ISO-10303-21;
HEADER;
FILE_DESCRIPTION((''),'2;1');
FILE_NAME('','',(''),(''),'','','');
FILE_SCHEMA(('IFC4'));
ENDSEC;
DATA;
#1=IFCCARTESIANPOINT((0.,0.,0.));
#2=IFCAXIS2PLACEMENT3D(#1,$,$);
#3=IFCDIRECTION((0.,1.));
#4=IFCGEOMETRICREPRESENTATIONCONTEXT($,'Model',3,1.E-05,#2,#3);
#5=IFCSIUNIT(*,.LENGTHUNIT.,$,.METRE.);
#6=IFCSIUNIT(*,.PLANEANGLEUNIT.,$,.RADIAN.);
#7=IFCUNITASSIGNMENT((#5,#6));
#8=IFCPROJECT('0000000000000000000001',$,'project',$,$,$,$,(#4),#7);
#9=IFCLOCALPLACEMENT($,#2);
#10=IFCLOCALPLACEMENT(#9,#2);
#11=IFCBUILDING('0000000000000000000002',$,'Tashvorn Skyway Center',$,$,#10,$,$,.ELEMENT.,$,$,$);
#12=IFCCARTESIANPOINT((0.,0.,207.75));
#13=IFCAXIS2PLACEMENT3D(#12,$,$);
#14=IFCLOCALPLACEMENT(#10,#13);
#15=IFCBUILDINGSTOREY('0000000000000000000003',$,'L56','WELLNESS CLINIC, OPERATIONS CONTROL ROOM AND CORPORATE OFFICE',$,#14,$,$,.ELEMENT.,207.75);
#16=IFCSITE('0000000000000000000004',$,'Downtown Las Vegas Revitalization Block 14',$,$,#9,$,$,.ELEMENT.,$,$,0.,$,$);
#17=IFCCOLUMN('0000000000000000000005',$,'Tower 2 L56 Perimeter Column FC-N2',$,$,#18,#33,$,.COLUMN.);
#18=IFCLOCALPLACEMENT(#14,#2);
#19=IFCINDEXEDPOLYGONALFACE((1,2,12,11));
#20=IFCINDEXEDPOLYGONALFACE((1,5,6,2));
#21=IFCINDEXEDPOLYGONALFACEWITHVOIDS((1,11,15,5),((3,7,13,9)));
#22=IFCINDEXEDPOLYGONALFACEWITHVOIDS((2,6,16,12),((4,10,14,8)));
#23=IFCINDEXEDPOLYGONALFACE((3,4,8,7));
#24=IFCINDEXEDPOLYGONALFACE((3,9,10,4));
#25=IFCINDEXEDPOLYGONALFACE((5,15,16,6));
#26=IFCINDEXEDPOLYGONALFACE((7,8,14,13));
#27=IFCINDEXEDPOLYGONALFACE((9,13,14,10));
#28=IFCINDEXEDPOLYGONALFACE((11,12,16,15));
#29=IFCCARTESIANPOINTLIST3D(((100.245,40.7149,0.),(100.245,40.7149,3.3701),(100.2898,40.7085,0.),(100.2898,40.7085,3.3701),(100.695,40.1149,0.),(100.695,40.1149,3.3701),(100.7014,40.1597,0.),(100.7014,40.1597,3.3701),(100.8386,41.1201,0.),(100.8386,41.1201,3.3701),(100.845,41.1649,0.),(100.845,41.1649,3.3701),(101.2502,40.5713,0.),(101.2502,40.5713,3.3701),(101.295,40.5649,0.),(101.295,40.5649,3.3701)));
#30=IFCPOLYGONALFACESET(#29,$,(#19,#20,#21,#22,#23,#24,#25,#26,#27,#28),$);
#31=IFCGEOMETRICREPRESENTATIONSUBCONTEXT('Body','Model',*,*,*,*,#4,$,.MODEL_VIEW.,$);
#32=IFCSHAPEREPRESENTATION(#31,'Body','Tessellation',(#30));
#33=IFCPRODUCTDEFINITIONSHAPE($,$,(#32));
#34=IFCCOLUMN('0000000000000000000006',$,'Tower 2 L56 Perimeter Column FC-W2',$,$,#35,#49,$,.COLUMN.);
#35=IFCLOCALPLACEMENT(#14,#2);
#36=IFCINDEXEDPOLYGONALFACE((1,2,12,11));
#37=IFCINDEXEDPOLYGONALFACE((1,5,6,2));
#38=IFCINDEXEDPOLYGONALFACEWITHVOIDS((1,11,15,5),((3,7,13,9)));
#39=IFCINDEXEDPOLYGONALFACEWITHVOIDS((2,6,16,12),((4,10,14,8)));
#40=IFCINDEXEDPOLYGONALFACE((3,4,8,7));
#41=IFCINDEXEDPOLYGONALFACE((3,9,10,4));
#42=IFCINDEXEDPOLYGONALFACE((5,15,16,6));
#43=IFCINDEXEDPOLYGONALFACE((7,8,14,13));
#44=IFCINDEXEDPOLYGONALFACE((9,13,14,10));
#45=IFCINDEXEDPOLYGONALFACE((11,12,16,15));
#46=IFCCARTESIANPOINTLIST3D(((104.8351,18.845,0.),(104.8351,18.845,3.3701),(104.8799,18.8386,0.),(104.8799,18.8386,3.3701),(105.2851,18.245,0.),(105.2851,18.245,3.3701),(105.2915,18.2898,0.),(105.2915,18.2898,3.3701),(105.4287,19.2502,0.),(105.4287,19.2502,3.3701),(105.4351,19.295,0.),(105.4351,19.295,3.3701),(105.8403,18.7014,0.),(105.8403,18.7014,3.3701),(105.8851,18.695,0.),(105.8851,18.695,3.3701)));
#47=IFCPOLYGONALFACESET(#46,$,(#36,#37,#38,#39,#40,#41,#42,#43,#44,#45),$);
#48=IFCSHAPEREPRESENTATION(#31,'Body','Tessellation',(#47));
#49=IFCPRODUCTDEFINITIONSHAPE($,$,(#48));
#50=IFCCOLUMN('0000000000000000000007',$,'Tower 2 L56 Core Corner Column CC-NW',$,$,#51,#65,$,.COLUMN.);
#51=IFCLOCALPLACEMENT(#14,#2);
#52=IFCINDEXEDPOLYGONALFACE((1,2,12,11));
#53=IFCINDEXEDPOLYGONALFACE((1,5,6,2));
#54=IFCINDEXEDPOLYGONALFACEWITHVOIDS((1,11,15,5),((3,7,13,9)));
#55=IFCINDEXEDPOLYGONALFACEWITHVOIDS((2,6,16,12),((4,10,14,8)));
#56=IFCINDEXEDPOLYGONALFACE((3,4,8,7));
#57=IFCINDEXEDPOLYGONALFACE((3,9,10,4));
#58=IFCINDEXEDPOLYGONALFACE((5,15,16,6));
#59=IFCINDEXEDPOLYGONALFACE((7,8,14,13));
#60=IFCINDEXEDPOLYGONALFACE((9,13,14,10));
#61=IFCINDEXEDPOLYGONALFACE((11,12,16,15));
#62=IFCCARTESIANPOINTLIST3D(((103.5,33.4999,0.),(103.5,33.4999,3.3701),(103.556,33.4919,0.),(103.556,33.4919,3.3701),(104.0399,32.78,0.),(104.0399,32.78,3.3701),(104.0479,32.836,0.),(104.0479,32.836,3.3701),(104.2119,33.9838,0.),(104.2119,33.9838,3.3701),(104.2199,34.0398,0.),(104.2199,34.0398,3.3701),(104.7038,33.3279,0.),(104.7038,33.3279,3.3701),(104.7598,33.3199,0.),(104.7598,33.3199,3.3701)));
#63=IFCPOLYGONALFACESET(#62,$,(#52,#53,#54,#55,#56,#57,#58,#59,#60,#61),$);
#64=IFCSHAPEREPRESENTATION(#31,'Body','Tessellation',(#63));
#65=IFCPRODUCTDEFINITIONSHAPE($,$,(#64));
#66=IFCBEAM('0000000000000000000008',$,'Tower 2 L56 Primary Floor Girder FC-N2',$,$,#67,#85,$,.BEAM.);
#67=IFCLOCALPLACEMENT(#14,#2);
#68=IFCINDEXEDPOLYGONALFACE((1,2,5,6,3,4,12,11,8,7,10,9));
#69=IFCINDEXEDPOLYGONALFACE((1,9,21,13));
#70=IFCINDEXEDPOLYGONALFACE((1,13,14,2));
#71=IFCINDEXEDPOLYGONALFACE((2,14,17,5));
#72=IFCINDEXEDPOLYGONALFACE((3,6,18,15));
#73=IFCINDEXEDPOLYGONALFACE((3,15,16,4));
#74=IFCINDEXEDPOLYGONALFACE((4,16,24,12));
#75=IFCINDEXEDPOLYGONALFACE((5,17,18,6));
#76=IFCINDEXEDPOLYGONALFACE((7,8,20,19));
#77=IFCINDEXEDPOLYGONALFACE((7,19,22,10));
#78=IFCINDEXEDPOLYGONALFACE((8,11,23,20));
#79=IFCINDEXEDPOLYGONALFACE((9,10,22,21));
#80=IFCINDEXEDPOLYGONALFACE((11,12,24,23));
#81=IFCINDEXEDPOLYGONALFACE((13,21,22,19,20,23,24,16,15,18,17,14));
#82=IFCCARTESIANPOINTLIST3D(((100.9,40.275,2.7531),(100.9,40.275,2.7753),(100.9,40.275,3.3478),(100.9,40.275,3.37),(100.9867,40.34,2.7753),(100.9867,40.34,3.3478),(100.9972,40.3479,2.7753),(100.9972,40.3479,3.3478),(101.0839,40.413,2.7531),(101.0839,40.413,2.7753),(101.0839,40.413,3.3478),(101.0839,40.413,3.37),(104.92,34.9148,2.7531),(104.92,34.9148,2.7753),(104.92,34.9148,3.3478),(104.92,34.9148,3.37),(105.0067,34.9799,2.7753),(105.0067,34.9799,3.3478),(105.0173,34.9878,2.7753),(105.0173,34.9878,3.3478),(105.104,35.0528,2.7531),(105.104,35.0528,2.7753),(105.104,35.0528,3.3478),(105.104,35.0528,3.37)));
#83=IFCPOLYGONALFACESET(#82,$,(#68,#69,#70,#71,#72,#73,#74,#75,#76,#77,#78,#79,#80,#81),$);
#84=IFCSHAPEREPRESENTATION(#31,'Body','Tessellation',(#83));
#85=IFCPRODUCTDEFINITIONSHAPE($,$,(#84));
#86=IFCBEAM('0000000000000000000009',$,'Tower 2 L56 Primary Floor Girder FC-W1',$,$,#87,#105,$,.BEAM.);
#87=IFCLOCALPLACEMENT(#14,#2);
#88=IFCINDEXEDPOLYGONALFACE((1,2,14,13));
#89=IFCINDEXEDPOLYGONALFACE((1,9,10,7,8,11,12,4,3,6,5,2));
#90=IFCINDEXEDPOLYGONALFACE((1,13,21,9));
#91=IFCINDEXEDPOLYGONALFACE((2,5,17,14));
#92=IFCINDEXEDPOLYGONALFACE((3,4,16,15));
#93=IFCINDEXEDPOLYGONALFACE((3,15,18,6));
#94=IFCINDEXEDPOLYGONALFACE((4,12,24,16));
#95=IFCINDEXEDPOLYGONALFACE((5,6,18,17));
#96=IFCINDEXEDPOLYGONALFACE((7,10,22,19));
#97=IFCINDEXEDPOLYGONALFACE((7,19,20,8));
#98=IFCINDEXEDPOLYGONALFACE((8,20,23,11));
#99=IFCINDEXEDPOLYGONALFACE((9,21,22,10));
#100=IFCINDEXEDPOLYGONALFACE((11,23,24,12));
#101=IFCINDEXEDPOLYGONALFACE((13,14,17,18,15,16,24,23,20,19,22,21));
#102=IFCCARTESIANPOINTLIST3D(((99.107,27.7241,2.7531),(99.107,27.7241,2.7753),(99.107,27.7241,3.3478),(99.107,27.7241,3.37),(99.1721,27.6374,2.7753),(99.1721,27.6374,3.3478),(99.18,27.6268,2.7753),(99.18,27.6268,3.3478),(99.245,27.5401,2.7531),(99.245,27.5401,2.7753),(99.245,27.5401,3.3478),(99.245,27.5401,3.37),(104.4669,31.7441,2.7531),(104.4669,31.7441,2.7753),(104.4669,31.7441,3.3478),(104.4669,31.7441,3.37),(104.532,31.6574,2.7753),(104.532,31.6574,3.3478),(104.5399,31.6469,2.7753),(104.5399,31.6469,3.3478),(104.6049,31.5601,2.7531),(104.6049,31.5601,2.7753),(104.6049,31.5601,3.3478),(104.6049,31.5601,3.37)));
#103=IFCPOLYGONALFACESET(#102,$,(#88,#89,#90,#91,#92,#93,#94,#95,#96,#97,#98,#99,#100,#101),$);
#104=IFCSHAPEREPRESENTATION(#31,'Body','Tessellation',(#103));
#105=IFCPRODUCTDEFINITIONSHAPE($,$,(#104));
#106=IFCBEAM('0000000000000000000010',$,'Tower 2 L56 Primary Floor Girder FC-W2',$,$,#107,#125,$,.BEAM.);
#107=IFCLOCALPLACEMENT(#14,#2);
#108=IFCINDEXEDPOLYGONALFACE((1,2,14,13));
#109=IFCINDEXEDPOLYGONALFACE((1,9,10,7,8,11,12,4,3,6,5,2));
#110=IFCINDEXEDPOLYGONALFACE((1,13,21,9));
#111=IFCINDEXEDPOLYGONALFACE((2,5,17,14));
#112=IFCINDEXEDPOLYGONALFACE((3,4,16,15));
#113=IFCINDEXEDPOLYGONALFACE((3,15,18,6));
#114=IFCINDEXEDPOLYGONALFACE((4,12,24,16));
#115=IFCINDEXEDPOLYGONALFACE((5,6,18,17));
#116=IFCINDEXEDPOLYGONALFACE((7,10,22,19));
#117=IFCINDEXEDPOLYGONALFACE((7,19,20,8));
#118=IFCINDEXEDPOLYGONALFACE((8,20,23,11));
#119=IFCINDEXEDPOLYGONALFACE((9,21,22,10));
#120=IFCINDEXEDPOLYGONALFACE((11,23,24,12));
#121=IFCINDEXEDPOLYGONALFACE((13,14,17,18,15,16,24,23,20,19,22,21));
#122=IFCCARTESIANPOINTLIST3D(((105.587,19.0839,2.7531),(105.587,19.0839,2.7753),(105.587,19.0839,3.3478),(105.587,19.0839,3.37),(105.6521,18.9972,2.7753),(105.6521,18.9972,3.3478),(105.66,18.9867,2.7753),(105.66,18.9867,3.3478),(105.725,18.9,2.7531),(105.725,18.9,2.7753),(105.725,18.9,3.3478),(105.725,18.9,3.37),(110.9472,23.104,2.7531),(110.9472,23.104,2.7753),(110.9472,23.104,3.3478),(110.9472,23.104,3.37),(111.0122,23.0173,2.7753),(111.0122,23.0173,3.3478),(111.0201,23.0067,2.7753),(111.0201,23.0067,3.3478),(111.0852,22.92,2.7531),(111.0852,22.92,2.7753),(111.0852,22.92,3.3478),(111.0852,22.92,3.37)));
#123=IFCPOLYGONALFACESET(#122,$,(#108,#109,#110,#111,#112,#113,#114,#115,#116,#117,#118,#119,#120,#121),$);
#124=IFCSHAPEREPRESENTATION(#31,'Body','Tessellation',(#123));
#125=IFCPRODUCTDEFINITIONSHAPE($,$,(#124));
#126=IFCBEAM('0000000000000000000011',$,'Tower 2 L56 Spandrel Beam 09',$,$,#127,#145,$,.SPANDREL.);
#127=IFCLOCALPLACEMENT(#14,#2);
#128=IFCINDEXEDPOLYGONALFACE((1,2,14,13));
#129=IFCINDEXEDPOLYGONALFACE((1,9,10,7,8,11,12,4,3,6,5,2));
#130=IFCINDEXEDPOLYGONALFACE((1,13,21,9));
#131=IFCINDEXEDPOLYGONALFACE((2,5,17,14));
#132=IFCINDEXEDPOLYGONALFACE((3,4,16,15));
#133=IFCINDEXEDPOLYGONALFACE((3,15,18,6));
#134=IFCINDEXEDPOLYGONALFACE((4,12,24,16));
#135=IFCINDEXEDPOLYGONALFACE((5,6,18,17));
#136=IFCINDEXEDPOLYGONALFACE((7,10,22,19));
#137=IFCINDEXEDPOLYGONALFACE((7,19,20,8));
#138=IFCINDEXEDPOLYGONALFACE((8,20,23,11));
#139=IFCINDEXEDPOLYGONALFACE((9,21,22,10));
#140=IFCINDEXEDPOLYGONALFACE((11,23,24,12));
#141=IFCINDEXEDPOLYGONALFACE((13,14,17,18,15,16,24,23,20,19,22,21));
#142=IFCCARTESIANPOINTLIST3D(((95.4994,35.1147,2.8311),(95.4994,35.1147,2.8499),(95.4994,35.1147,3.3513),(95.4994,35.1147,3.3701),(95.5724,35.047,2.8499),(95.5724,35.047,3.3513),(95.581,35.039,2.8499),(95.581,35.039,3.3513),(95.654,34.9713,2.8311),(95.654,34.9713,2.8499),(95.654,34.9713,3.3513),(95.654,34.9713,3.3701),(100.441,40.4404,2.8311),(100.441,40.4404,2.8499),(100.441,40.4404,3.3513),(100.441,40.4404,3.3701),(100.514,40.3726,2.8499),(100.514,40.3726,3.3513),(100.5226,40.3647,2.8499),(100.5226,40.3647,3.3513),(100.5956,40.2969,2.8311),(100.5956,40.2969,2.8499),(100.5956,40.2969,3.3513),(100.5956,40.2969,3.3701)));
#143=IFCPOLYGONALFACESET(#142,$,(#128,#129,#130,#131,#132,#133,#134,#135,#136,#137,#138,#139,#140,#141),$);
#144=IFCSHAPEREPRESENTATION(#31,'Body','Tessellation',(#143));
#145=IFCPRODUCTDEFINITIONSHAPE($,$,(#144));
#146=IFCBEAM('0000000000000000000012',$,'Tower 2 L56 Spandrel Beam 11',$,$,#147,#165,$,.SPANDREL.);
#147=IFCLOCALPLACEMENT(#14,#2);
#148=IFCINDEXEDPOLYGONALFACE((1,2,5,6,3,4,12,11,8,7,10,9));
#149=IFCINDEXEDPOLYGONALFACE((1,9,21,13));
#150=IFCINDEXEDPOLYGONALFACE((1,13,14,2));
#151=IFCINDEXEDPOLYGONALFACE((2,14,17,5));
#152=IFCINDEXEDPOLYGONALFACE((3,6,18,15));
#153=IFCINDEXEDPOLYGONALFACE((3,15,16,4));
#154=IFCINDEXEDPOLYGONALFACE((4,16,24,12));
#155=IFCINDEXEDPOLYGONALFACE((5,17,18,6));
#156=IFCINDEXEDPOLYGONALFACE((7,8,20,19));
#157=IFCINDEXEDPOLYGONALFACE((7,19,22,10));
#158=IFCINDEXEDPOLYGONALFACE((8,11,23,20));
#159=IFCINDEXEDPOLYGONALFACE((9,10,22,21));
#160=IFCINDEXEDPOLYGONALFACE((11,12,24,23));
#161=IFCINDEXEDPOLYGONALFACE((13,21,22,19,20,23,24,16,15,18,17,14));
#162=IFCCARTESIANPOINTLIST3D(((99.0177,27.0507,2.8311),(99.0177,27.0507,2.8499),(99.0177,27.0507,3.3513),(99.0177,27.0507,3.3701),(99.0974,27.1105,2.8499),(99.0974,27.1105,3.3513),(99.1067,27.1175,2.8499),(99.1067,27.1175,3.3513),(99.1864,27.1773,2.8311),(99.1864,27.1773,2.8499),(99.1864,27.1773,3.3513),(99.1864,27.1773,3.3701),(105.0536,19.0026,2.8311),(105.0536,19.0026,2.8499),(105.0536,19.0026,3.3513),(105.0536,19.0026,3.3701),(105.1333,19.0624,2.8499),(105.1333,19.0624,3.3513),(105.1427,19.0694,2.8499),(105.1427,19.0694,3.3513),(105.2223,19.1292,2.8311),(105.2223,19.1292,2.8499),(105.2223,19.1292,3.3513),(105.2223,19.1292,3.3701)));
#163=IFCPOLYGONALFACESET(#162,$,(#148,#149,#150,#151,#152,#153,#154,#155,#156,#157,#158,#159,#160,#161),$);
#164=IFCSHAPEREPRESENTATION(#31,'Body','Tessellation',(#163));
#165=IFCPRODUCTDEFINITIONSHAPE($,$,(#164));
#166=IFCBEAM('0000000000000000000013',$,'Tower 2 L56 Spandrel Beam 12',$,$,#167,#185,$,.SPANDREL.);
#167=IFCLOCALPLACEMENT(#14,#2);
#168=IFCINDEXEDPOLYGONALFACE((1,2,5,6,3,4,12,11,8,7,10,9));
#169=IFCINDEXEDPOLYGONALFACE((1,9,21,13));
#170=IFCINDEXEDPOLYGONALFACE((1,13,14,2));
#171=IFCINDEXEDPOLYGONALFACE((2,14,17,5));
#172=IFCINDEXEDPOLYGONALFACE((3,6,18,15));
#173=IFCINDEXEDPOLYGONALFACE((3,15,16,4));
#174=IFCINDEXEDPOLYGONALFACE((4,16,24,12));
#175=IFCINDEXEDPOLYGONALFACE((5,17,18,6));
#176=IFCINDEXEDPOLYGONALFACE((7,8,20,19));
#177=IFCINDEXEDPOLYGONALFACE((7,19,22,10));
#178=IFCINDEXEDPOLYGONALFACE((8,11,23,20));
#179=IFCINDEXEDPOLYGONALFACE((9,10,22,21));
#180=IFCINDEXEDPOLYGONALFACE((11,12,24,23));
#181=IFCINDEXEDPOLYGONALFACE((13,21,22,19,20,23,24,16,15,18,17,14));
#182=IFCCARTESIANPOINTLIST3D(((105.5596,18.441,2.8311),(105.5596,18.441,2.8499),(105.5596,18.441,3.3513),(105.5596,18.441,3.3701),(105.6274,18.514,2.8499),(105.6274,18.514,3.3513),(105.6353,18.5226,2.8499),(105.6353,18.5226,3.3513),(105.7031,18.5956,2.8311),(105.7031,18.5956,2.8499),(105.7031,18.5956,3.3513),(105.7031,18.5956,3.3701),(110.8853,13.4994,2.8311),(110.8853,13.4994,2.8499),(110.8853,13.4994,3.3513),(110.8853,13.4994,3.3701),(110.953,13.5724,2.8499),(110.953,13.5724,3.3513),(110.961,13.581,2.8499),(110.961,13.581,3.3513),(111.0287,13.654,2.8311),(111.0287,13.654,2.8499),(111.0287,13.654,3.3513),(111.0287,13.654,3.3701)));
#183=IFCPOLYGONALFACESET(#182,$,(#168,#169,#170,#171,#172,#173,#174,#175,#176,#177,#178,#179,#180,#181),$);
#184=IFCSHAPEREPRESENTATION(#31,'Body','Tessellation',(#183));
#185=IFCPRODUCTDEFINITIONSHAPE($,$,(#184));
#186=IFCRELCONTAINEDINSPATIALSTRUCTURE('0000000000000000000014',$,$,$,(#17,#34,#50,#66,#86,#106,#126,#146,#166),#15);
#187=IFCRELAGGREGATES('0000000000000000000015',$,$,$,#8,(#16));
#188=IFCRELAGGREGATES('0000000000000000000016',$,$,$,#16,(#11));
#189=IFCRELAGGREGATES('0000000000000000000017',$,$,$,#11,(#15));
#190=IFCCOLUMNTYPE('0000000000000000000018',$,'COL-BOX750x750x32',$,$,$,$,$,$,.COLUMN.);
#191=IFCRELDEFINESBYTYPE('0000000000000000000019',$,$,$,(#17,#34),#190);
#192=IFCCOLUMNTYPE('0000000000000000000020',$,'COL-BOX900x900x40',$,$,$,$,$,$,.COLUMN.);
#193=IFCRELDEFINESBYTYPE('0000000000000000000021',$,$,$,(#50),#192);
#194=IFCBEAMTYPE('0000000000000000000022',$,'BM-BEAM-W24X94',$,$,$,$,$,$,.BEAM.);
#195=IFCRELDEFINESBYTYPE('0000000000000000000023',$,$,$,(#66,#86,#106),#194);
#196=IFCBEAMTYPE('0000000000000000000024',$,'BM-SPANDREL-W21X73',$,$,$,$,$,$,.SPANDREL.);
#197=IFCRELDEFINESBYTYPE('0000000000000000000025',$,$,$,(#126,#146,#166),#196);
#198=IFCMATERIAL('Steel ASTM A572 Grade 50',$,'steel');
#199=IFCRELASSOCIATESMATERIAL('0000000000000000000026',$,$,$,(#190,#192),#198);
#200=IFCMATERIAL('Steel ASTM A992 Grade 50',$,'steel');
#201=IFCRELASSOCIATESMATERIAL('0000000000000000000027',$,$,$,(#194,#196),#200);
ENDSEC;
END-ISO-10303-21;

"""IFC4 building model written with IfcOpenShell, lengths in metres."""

from ifc_helpers import new_model, si_unit, direction, frame, origin, origin_2d, place, context, subcontext, project, spatial, hollow_rectangle, i_section, extrude, material, material_profile, profile_set, type_object, element, save


model = new_model("IFC4")

# Units and contexts
model_context = context("Model", 3, precision=1e-05, world=origin(), true_north=direction((0.0, 1.0)))
body_context = subcontext(model_context, "Body", "Model", "MODEL_VIEW")
ifc_project = project(units=[si_unit("LENGTHUNIT", "METRE"), si_unit("PLANEANGLEUNIT", "RADIAN")], contexts=[model_context])

# Site, building, storey
site_placement = place(None, origin())
site = spatial("IfcSite", under=ifc_project, at=site_placement, Name="Downtown Las Vegas Revitalization Block 14", CompositionType="ELEMENT", RefElevation=0.0)
building_placement = place(site_placement, origin())
building = spatial("IfcBuilding", under=site, at=building_placement, Name="Tashvorn Skyway Center", CompositionType="ELEMENT")
storey_placement = place(building_placement, frame((0.0, 0.0, 207.75)))
storey = spatial("IfcBuildingStorey", under=building, at=storey_placement, Name="L56", Description="WELLNESS CLINIC, OPERATIONS CONTROL ROOM AND CORPORATE OFFICE", CompositionType="ELEMENT", Elevation=207.75)

# Columns
ifc_material_1 = material(Name="Steel ASTM A572 Grade 50", Category="steel")
ifc_material_profile_1 = material_profile(ifc_material_1, hollow_rectangle(XDim=0.75, YDim=0.75, WallThickness=0.032, at=origin_2d()), Name="BOX750x750x32")
ifc_profile_set_1 = profile_set([ifc_material_profile_1], Name="Steel ASTM A572 Grade 50")
column_type_1 = type_object("IfcColumnType", Name="COL-BOX750x750x32", PredefinedType="COLUMN", material=ifc_profile_set_1)
for number, where, z_axis, x_axis, name in (
    (1, (100.77, 40.6399, 0.0), (0.0, 0.0, 1.0), (0.8, 0.6, 0.0), "Tower 2 L56 Perimeter Column FC-N2"),
    (2, (105.3601, 18.77, 0.0), (0.0, 0.0, 1.0), (0.8, 0.6, 0.0), "Tower 2 L56 Perimeter Column FC-W2"),
):
    element("IfcColumn", number, at=place(storey_placement, frame(where, z_axis=z_axis, x_axis=x_axis)), inside=storey, type_object=column_type_1, Name=name, PredefinedType="COLUMN", context=body_context, shape_type="SweptSolid", body=[
        extrude(hollow_rectangle(XDim=0.75, YDim=0.75, WallThickness=0.032, at=origin_2d()), origin(), (0.0, 0.0, 1.0), 3.3701),
    ])
ifc_material_profile_2 = material_profile(ifc_material_1, hollow_rectangle(XDim=0.8999, YDim=0.8999, WallThickness=0.04, at=origin_2d()), Name="BOX900x900x40")
ifc_profile_set_2 = profile_set([ifc_material_profile_2], Name="Steel ASTM A572 Grade 50")
column_type_2 = type_object("IfcColumnType", Name="COL-BOX900x900x40", PredefinedType="COLUMN", material=ifc_profile_set_2)
column_placement = place(storey_placement, frame((104.1299, 33.4099, 0.0), z_axis=(0.0, 0.0, 1.0), x_axis=(0.8, 0.6, 0.0)))
element("IfcColumn", 3, at=column_placement, inside=storey, type_object=column_type_2, Name="Tower 2 L56 Core Corner Column CC-NW", PredefinedType="COLUMN", context=body_context, shape_type="SweptSolid", body=[
    extrude(hollow_rectangle(XDim=0.8999, YDim=0.8999, WallThickness=0.04, at=origin_2d()), origin(), (0.0, 0.0, 1.0), 3.3701),
])

# Beams
ifc_material_2 = material(Name="Steel ASTM A992 Grade 50", Category="steel")
ifc_material_profile_3 = material_profile(ifc_material_2, i_section(OverallWidth=0.23, OverallDepth=0.6169, WebThickness=0.0132, FlangeThickness=0.0222, at=origin_2d()), Name="W24X94")
ifc_profile_set_3 = profile_set([ifc_material_profile_3], Name="Steel ASTM A992 Grade 50")
beam_type_1 = type_object("IfcBeamType", Name="BM-BEAM-W24X94", PredefinedType="BEAM", material=ifc_profile_set_3)
beam_1_placement = place(storey_placement, frame((100.9919, 40.344, 3.0615), z_axis=(0.599994, -0.800004, 0.0), x_axis=(0.800004, 0.599994, 0.0)))
element("IfcBeam", 4, at=beam_1_placement, inside=storey, type_object=beam_type_1, Name="Tower 2 L56 Primary Floor Girder FC-N2", PredefinedType="BEAM", context=body_context, shape_type="SweptSolid", body=[
    extrude(i_section(OverallWidth=0.23, OverallDepth=0.6169, WebThickness=0.0132, FlangeThickness=0.0222, at=origin_2d()), origin(), (0.0, 0.0, 1.0), 6.7002),
])
beam_2_placement = place(storey_placement, frame((99.176, 27.6321, 3.0615), z_axis=(0.799991, 0.600012, 0.0), x_axis=(-0.600012, 0.799991, 0.0)))
element("IfcBeam", 5, at=beam_2_placement, inside=storey, type_object=beam_type_1, Name="Tower 2 L56 Primary Floor Girder FC-W1", PredefinedType="BEAM", context=body_context, shape_type="SweptSolid", body=[
    extrude(i_section(OverallWidth=0.23, OverallDepth=0.6169, WebThickness=0.0132, FlangeThickness=0.0222, at=origin_2d()), origin(), (0.0, 0.0, 1.0), 6.7),
])
beam_3_placement = place(storey_placement, frame((105.656, 18.9919, 3.0615), z_axis=(0.800004, 0.599994, 0.0), x_axis=(-0.599994, 0.800004, 0.0)))
element("IfcBeam", 6, at=beam_3_placement, inside=storey, type_object=beam_type_1, Name="Tower 2 L56 Primary Floor Girder FC-W2", PredefinedType="BEAM", context=body_context, shape_type="SweptSolid", body=[
    extrude(i_section(OverallWidth=0.23, OverallDepth=0.6169, WebThickness=0.0132, FlangeThickness=0.0222, at=origin_2d()), origin(), (0.0, 0.0, 1.0), 6.7002),
])
ifc_material_profile_4 = material_profile(ifc_material_2, i_section(OverallWidth=0.2109, OverallDepth=0.5391, WebThickness=0.0117, FlangeThickness=0.0188, at=origin_2d()), Name="W21X73")
ifc_profile_set_4 = profile_set([ifc_material_profile_4], Name="Steel ASTM A992 Grade 50")
beam_type_2 = type_object("IfcBeamType", Name="BM-SPANDREL-W21X73", PredefinedType="SPANDREL", material=ifc_profile_set_4)
beam_4_placement = place(storey_placement, frame((100.5183, 40.3687, 3.1006), z_axis=(-0.680183, -0.733042, 0.0), x_axis=(0.733042, -0.680183, 0.0)))
element("IfcBeam", 7, at=beam_4_placement, inside=storey, type_object=beam_type_2, Name="Tower 2 L56 Spandrel Beam 09", PredefinedType="SPANDREL", context=body_context, shape_type="SweptSolid", body=[
    extrude(i_section(OverallWidth=0.2109, OverallDepth=0.5391, WebThickness=0.0117, FlangeThickness=0.0188, at=origin_2d()), origin(), (0.0, 0.0, 1.0), 7.2651),
])
beam_5_placement = place(storey_placement, frame((99.1021, 27.114, 3.1006), z_axis=(0.599988, -0.800009, 0.0), x_axis=(0.800009, 0.599988, 0.0)))
element("IfcBeam", 8, at=beam_5_placement, inside=storey, type_object=beam_type_2, Name="Tower 2 L56 Spandrel Beam 11", PredefinedType="SPANDREL", context=body_context, shape_type="SweptSolid", body=[
    extrude(i_section(OverallWidth=0.2109, OverallDepth=0.5391, WebThickness=0.0117, FlangeThickness=0.0188, at=origin_2d()), origin(), (0.0, 0.0, 1.0), 10.0601),
])
beam_6_placement = place(storey_placement, frame((105.6313, 18.5183, 3.1006), z_axis=(0.733042, -0.680183, 0.0), x_axis=(0.680183, 0.733042, 0.0)))
element("IfcBeam", 9, at=beam_6_placement, inside=storey, type_object=beam_type_2, Name="Tower 2 L56 Spandrel Beam 12", PredefinedType="SPANDREL", context=body_context, shape_type="SweptSolid", body=[
    extrude(i_section(OverallWidth=0.2109, OverallDepth=0.5391, WebThickness=0.0117, FlangeThickness=0.0188, at=origin_2d()), origin(), (0.0, 0.0, 1.0), 7.2651),
])

save(model, "model.ifc")
